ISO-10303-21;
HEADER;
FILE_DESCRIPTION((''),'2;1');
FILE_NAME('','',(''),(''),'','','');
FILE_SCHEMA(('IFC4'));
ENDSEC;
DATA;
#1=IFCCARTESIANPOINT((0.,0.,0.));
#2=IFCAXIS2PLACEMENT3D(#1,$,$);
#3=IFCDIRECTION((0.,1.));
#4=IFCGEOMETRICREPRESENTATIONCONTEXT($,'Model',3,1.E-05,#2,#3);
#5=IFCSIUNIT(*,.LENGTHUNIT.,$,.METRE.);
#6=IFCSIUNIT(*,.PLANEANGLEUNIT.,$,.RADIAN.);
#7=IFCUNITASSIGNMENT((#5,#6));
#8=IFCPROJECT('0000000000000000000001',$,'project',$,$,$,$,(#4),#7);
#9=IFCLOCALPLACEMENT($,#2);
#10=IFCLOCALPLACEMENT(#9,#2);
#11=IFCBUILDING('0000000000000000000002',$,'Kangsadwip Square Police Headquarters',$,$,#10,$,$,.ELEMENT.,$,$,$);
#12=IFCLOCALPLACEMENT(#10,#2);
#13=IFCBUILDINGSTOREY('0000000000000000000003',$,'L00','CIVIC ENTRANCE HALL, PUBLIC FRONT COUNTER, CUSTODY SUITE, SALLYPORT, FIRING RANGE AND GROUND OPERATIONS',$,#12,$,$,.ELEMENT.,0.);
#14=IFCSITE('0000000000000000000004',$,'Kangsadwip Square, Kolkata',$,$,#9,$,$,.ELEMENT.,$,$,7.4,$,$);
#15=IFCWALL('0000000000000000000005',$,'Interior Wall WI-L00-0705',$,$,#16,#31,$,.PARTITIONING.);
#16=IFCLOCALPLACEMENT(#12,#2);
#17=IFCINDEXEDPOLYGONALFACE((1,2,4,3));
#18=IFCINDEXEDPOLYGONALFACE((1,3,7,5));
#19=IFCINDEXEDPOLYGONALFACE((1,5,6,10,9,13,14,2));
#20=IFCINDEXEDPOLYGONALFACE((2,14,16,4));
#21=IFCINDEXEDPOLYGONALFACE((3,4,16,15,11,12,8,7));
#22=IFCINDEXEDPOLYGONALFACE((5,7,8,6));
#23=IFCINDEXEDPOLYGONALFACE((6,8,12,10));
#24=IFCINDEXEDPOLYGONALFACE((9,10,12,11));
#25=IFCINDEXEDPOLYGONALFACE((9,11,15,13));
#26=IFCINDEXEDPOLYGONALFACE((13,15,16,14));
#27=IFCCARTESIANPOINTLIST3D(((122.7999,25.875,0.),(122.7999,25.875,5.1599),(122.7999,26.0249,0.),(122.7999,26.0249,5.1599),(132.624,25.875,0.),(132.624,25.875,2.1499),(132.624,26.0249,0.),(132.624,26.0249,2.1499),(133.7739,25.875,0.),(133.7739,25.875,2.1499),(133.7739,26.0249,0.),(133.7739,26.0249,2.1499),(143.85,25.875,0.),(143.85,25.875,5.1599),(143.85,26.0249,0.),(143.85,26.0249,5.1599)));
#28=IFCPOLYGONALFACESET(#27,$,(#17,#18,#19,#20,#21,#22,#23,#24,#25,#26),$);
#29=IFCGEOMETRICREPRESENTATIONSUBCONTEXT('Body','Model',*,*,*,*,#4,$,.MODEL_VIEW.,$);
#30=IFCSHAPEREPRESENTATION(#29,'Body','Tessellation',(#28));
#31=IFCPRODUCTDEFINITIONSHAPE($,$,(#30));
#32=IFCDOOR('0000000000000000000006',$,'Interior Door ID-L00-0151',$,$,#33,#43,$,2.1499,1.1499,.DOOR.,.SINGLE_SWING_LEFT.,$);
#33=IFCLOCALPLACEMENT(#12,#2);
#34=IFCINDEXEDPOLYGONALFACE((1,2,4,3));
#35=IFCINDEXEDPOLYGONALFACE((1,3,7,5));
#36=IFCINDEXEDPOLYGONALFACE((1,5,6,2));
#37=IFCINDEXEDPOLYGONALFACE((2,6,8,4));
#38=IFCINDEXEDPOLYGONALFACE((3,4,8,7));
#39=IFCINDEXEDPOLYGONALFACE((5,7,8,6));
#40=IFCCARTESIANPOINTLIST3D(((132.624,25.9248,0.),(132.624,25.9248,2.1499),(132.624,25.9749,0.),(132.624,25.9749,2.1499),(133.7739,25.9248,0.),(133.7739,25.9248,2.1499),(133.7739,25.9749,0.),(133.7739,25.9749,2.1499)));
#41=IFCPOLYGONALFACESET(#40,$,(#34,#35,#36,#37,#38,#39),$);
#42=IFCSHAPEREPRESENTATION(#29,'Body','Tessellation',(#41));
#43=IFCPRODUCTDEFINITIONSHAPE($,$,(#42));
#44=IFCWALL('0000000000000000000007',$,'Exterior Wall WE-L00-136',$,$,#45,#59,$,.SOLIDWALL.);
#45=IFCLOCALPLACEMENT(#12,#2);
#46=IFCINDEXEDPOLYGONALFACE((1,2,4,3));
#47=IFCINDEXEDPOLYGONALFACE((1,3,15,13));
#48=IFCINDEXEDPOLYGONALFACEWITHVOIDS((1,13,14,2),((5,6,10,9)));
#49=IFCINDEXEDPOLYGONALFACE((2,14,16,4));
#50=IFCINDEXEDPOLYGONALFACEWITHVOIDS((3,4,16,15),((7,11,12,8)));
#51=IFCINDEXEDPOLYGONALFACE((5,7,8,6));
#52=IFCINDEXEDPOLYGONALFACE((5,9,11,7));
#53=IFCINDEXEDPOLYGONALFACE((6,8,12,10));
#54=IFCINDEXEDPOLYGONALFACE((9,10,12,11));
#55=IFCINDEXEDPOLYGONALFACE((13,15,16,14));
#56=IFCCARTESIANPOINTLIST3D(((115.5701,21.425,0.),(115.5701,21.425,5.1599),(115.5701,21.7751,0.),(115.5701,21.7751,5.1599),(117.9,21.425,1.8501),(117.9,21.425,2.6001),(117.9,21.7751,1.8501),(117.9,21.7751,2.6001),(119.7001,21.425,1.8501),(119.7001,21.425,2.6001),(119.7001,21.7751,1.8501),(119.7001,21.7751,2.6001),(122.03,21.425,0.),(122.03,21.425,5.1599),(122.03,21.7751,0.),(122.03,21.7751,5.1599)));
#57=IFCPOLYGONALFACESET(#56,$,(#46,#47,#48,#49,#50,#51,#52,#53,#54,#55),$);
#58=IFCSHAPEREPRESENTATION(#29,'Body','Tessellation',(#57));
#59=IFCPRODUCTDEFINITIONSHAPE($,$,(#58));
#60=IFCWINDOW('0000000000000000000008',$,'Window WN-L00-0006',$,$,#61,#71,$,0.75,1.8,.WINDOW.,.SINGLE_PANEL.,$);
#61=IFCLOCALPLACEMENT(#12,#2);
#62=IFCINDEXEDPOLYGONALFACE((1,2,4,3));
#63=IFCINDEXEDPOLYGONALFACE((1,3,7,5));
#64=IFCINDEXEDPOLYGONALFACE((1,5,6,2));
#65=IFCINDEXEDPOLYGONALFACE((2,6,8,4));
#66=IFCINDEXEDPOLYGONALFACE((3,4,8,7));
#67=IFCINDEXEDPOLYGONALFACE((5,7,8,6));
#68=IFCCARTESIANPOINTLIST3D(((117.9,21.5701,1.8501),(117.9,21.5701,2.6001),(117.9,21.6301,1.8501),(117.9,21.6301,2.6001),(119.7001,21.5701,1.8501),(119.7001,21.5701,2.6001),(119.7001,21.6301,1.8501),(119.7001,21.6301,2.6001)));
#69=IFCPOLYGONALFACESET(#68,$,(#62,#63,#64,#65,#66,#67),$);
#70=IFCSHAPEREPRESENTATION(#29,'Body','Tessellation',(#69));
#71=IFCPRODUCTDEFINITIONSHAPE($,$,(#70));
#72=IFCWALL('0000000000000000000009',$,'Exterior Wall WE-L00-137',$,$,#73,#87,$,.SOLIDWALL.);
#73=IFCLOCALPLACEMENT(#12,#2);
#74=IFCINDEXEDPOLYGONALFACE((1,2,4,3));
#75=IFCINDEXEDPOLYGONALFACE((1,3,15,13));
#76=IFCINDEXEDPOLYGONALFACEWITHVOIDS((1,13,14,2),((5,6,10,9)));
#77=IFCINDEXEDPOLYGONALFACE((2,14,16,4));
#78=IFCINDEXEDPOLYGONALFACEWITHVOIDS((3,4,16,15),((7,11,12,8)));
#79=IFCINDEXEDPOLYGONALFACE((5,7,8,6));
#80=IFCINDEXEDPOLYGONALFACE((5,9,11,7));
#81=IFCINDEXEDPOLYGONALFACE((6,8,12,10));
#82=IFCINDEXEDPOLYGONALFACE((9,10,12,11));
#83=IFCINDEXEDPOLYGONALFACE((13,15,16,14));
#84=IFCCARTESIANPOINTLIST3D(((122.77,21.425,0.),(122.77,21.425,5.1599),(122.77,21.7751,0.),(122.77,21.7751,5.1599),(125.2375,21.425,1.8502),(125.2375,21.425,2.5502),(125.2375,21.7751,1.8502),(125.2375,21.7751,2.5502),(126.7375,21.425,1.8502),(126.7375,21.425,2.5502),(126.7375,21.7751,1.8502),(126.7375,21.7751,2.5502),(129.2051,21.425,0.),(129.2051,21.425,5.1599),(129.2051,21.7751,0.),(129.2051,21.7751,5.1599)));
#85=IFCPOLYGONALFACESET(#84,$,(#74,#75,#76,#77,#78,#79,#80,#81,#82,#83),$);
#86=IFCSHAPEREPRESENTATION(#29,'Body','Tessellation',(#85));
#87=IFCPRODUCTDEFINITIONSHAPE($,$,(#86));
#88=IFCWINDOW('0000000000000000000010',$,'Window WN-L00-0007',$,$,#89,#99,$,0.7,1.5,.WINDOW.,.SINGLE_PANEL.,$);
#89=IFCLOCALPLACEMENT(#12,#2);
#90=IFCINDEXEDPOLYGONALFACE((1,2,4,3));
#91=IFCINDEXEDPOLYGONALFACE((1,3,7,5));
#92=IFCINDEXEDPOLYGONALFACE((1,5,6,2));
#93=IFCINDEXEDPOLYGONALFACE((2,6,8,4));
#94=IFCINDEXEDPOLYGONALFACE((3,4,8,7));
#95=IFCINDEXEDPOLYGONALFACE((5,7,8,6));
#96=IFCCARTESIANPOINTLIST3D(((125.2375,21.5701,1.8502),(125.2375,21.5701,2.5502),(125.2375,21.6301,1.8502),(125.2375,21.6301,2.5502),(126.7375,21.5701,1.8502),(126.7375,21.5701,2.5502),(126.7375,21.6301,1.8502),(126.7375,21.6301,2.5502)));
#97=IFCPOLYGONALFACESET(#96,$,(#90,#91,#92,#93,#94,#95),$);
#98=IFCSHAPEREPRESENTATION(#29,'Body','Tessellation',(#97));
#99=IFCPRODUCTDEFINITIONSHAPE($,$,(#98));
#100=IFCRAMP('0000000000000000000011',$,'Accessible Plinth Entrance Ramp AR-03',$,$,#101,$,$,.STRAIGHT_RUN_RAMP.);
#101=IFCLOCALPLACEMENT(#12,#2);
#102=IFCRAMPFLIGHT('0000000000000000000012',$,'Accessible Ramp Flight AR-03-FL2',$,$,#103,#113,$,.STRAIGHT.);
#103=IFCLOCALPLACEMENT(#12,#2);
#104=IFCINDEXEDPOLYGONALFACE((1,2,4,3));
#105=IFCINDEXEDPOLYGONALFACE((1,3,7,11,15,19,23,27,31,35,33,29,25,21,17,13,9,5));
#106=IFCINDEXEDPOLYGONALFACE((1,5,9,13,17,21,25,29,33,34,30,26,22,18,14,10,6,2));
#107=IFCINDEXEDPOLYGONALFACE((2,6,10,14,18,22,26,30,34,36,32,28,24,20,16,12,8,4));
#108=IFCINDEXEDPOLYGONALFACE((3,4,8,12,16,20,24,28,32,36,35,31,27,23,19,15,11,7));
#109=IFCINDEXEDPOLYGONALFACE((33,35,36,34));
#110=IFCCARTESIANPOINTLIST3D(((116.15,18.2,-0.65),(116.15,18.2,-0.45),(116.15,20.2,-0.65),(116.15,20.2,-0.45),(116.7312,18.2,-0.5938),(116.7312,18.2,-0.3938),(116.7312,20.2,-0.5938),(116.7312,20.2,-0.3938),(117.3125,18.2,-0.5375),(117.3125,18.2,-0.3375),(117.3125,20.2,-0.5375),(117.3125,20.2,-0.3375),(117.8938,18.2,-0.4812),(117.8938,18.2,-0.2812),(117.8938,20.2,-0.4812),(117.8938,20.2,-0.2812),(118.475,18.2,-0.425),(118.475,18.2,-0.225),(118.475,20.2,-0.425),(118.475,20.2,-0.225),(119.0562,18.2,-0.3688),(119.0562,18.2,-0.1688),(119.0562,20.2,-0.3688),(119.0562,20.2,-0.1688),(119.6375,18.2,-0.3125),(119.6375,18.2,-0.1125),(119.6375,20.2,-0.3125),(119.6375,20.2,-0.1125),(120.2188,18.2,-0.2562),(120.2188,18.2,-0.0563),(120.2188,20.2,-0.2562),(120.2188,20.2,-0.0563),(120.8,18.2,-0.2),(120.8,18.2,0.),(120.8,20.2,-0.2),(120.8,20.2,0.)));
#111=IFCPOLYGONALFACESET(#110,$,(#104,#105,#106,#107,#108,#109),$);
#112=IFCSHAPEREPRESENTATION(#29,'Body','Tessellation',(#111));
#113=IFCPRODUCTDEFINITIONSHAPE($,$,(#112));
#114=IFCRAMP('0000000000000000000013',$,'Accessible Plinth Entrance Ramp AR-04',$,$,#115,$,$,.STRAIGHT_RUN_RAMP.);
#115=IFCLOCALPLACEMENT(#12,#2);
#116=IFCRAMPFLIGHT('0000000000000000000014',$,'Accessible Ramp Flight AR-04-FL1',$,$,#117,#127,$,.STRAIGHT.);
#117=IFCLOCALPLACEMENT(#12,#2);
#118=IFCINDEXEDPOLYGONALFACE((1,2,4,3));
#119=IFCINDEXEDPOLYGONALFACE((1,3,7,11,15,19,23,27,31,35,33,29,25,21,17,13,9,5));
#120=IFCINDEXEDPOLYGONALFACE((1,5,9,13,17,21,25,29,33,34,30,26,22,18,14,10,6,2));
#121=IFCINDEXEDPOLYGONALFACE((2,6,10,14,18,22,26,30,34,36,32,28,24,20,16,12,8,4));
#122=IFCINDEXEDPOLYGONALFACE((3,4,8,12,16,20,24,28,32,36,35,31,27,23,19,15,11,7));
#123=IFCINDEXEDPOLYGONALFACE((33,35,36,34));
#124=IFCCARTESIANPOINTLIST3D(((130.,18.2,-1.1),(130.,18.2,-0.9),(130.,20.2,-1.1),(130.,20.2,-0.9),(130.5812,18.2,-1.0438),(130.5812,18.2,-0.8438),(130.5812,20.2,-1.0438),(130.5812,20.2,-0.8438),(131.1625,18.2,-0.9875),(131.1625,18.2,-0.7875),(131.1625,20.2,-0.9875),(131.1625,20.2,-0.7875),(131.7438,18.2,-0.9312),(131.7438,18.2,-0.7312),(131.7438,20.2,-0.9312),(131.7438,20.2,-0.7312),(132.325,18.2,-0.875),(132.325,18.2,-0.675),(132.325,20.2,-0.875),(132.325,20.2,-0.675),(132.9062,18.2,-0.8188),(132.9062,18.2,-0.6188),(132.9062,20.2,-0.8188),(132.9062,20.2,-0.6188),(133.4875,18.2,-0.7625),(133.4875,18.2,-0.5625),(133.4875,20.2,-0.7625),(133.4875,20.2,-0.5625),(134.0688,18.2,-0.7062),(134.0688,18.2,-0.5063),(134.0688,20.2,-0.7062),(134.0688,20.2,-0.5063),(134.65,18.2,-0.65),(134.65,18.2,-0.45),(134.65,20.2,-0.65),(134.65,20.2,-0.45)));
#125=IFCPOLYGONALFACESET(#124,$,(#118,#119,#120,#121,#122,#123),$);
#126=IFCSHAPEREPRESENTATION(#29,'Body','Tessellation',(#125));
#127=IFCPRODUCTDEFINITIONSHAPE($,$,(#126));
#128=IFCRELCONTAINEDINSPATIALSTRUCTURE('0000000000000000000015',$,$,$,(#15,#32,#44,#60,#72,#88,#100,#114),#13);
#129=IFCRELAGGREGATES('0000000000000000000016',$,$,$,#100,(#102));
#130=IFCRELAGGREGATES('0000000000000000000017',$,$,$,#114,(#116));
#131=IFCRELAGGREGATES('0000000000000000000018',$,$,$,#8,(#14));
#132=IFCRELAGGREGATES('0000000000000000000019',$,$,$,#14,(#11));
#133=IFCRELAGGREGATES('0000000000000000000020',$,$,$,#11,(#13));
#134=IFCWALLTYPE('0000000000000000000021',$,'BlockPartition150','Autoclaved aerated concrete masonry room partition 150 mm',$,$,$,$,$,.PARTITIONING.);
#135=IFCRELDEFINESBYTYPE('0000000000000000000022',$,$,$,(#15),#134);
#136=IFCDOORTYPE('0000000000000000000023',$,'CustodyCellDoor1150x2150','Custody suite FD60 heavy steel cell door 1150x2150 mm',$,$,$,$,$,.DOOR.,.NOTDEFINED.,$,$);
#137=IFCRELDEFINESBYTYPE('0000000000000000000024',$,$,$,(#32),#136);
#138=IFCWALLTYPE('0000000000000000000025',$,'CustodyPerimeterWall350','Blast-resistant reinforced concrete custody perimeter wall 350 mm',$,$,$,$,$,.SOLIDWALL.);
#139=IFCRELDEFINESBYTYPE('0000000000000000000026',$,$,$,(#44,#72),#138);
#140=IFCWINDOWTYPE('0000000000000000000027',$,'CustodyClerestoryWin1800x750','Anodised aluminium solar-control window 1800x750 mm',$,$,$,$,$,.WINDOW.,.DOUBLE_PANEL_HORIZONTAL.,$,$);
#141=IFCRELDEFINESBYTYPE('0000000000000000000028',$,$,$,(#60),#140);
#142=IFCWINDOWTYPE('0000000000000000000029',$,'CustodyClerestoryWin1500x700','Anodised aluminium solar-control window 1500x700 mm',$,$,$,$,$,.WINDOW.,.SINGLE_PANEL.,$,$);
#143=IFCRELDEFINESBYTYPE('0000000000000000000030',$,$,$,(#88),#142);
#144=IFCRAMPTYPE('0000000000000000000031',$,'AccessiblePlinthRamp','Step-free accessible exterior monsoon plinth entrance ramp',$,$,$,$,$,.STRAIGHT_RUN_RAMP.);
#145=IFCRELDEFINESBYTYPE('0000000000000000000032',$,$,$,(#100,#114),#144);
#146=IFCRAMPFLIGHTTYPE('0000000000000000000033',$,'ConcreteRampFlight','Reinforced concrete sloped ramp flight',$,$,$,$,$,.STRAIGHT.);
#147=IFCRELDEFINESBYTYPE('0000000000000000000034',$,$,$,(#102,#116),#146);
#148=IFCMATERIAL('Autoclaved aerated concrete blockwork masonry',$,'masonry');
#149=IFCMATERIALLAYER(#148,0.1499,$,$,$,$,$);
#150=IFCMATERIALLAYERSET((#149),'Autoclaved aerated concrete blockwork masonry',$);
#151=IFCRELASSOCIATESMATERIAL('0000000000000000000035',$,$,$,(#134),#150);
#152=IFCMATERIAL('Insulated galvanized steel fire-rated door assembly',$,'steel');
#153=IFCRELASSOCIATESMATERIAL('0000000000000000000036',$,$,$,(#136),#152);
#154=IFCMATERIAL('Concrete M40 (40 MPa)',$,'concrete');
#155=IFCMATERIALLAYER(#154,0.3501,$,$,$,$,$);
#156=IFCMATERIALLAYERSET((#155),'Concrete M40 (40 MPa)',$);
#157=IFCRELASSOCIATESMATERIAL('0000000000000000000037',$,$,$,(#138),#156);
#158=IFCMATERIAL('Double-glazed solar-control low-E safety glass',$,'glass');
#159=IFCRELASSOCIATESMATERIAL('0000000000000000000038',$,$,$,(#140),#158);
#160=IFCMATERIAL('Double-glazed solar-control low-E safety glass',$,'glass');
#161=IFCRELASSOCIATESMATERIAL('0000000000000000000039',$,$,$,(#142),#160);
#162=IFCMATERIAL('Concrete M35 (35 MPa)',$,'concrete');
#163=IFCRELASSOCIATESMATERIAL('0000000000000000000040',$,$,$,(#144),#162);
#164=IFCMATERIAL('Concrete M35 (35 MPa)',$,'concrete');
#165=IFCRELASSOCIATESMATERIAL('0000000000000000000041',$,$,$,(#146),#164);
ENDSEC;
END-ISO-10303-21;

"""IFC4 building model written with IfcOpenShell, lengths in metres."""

from ifc_helpers import new_model, si_unit, direction, frame, frame_2d, origin, place, context, subcontext, project, spatial, polyline, rectangle, outline, extrude, material, layer, layer_set, type_object, element, fill, aggregate, save


model = new_model("IFC4")

# Units and contexts
model_context = context("Model", 3, precision=1e-05, world=origin(), true_north=direction((0.0, 1.0)))
body_context = subcontext(model_context, "Body", "Model", "MODEL_VIEW")
ifc_project = project(units=[si_unit("LENGTHUNIT", "METRE"), si_unit("PLANEANGLEUNIT", "RADIAN")], contexts=[model_context])

# Site, building, storey
site_placement = place(None, origin())
site = spatial("IfcSite", under=ifc_project, at=site_placement, Name="Kangsadwip Square, Kolkata", CompositionType="ELEMENT", RefElevation=7.4)
building_placement = place(site_placement, origin())
building = spatial("IfcBuilding", under=site, at=building_placement, Name="Kangsadwip Square Police Headquarters", CompositionType="ELEMENT")
storey_placement = place(building_placement, origin())
storey = spatial("IfcBuildingStorey", under=building, at=storey_placement, Name="L00", Description="CIVIC ENTRANCE HALL, PUBLIC FRONT COUNTER, CUSTODY SUITE, SALLYPORT, FIRING RANGE AND GROUND OPERATIONS", CompositionType="ELEMENT", Elevation=0.0)

# Shared definitions
ifc_material_1 = material(Name="Autoclaved aerated concrete blockwork masonry", Category="masonry")
ifc_layer_1 = layer(ifc_material_1, 0.1499)
ifc_layer_set_1 = layer_set([ifc_layer_1], Name="Autoclaved aerated concrete blockwork masonry")
wall_type_1 = type_object("IfcWallType", Name="BlockPartition150", Description="Autoclaved aerated concrete masonry room partition 150 mm", PredefinedType="PARTITIONING", material=ifc_layer_set_1)

# Wall, opening, door
wall_1_placement = place(storey_placement, frame((122.8, 25.95, 0.0), z_axis=(0.0, 0.0, 1.0), x_axis=(1.0, 0.0, 0.0)))
wall_1 = element("IfcWall", 1, at=wall_1_placement, inside=storey, type_object=wall_type_1, Name="Interior Wall WI-L00-0705", PredefinedType="PARTITIONING", context=body_context, shape_type="SweptSolid", body=[
    extrude(rectangle(XDim=21.05, YDim=0.1499, at=frame_2d((10.5249, 0.0))), origin(), (0.0, 0.0, 1.0), 5.1599),
])
opening_1_placement = place(wall_1_placement, frame((9.824, 0.0, 0.0)))
opening_1 = element("IfcOpeningElement", 2, at=opening_1_placement, cuts=wall_1, PredefinedType="OPENING", context=body_context, shape_type="SweptSolid", body=[
    extrude(rectangle(XDim=1.1499, YDim=2.1499, at=frame_2d((0.575, 1.075))), frame((0.0, 0.085, 0.0), z_axis=(0.0, -1.0, 0.0), x_axis=(1.0, 0.0, 0.0)), (0.0, 0.0, 1.0), 0.1699),
])
ifc_material_2 = material(Name="Insulated galvanized steel fire-rated door assembly", Category="steel")
door_type = type_object("IfcDoorType", Name="CustodyCellDoor1150x2150", Description="Custody suite FD60 heavy steel cell door 1150x2150 mm", OperationType="NOTDEFINED", PredefinedType="DOOR", material=ifc_material_2)
door_placement = place(opening_1_placement, origin())
door = element("IfcDoor", 3, at=door_placement, inside=storey, type_object=door_type, Name="Interior Door ID-L00-0151", OperationType="SINGLE_SWING_LEFT", OverallHeight=2.1499, OverallWidth=1.1499, PredefinedType="DOOR", context=body_context, shape_type="SweptSolid", body=[
    extrude(rectangle(XDim=1.1499, YDim=2.1499, at=frame_2d((0.575, 1.075))), frame((0.0, 0.0249, 0.0), z_axis=(0.0, -1.0, 0.0), x_axis=(1.0, 0.0, 0.0)), (0.0, 0.0, 1.0), 0.05),
])
fill(opening_1, door)

# Walls, openings, windows
ifc_material_3 = material(Name="Concrete M40 (40 MPa)", Category="concrete")
ifc_layer_2 = layer(ifc_material_3, 0.3501)
ifc_layer_set_2 = layer_set([ifc_layer_2], Name="Concrete M40 (40 MPa)")
wall_type_2 = type_object("IfcWallType", Name="CustodyPerimeterWall350", Description="Blast-resistant reinforced concrete custody perimeter wall 350 mm", PredefinedType="SOLIDWALL", material=ifc_layer_set_2)
wall_2_placement = place(storey_placement, frame((115.5701, 21.6001, 0.0), z_axis=(0.0, 0.0, 1.0), x_axis=(1.0, 0.0, 0.0)))
wall_2 = element("IfcWall", 4, at=wall_2_placement, inside=storey, type_object=wall_type_2, Name="Exterior Wall WE-L00-136", PredefinedType="SOLIDWALL", context=body_context, shape_type="SweptSolid", body=[
    extrude(rectangle(XDim=6.46, YDim=0.3501, at=frame_2d((3.23, 0.0))), origin(), (0.0, 0.0, 1.0), 5.1599),
])
opening_2_placement = place(wall_2_placement, frame((2.3301, 0.0, 1.8501)))
opening_2 = element("IfcOpeningElement", 5, at=opening_2_placement, cuts=wall_2, PredefinedType="OPENING", context=body_context, shape_type="SweptSolid", body=[
    extrude(rectangle(XDim=1.8, YDim=0.75, at=frame_2d((0.8999, 0.375))), frame((0.0, 0.1851, 0.0), z_axis=(0.0, -1.0, 0.0), x_axis=(1.0, 0.0, 0.0)), (0.0, 0.0, 1.0), 0.3701),
])
ifc_material_4 = material(Name="Double-glazed solar-control low-E safety glass", Category="glass")
window_type_1 = type_object("IfcWindowType", Name="CustodyClerestoryWin1800x750", Description="Anodised aluminium solar-control window 1800x750 mm", PartitioningType="DOUBLE_PANEL_HORIZONTAL", PredefinedType="WINDOW", material=ifc_material_4)
window_1_placement = place(opening_2_placement, origin())
window_1 = element("IfcWindow", 6, at=window_1_placement, inside=storey, type_object=window_type_1, Name="Window WN-L00-0006", OverallHeight=0.75, OverallWidth=1.8, PartitioningType="SINGLE_PANEL", PredefinedType="WINDOW", context=body_context, shape_type="SweptSolid", body=[
    extrude(rectangle(XDim=1.8, YDim=0.75, at=frame_2d((0.8999, 0.375))), frame((0.0, 0.03, 0.0), z_axis=(0.0, -1.0, 0.0), x_axis=(1.0, 0.0, 0.0)), (0.0, 0.0, 1.0), 0.0601),
])
fill(opening_2, window_1)
wall_3_placement = place(storey_placement, frame((122.77, 21.6001, 0.0), z_axis=(0.0, 0.0, 1.0), x_axis=(1.0, 0.0, 0.0)))
wall_3 = element("IfcWall", 7, at=wall_3_placement, inside=storey, type_object=wall_type_2, Name="Exterior Wall WE-L00-137", PredefinedType="SOLIDWALL", context=body_context, shape_type="SweptSolid", body=[
    extrude(rectangle(XDim=6.4351, YDim=0.3501, at=frame_2d((3.2175, 0.0))), origin(), (0.0, 0.0, 1.0), 5.1599),
])
opening_3_placement = place(wall_3_placement, frame((2.4675, 0.0, 1.8501)))
opening_3 = element("IfcOpeningElement", 8, at=opening_3_placement, cuts=wall_3, PredefinedType="OPENING", context=body_context, shape_type="SweptSolid", body=[
    extrude(rectangle(XDim=1.5, YDim=0.7, at=frame_2d((0.75, 0.3501))), frame((0.0, 0.1851, 0.0), z_axis=(0.0, -1.0, 0.0), x_axis=(1.0, 0.0, 0.0)), (0.0, 0.0, 1.0), 0.3701),
])
ifc_material_5 = material(Name="Double-glazed solar-control low-E safety glass", Category="glass")
window_type_2 = type_object("IfcWindowType", Name="CustodyClerestoryWin1500x700", Description="Anodised aluminium solar-control window 1500x700 mm", PartitioningType="SINGLE_PANEL", PredefinedType="WINDOW", material=ifc_material_5)
window_2_placement = place(opening_3_placement, origin())
window_2 = element("IfcWindow", 9, at=window_2_placement, inside=storey, type_object=window_type_2, Name="Window WN-L00-0007", OverallHeight=0.7, OverallWidth=1.5, PartitioningType="SINGLE_PANEL", PredefinedType="WINDOW", context=body_context, shape_type="SweptSolid", body=[
    extrude(rectangle(XDim=1.5, YDim=0.7, at=frame_2d((0.75, 0.3501))), frame((0.0, 0.03, 0.0), z_axis=(0.0, -1.0, 0.0), x_axis=(1.0, 0.0, 0.0)), (0.0, 0.0, 1.0), 0.0601),
])
fill(opening_3, window_2)

# Ramps, ramp flights
ifc_material_6 = material(Name="Concrete M35 (35 MPa)", Category="concrete")
ramp_type = type_object("IfcRampType", Name="AccessiblePlinthRamp", Description="Step-free accessible exterior monsoon plinth entrance ramp", PredefinedType="STRAIGHT_RUN_RAMP", material=ifc_material_6)
ramp_1_placement = place(storey_placement, origin())
ramp_1 = element("IfcRamp", 10, at=ramp_1_placement, inside=storey, type_object=ramp_type, Name="Accessible Plinth Entrance Ramp AR-03", PredefinedType="STRAIGHT_RUN_RAMP")
ifc_material_7 = material(Name="Concrete M35 (35 MPa)", Category="concrete")
ramp_flight_type = type_object("IfcRampFlightType", Name="ConcreteRampFlight", Description="Reinforced concrete sloped ramp flight", PredefinedType="STRAIGHT", material=ifc_material_7)
ramp_flight_1_placement = place(storey_placement, frame((116.15, 20.2, -0.45), z_axis=(0.0, -1.0, 0.0), x_axis=(1.0, 0.0, 0.0)))
ramp_flight_1 = element("IfcRampFlight", 11, at=ramp_flight_1_placement, type_object=ramp_flight_type, Name="Accessible Ramp Flight AR-03-FL2", PredefinedType="STRAIGHT", context=body_context, shape_type="SweptSolid", body=[
    extrude(outline(polyline([(0.0, 0.0), (0.5813, 0.0563), (1.1625, 0.1125), (1.7437, 0.1688), (2.325, 0.225), (2.9062, 0.2812), (3.4875, 0.3375), (4.0687, 0.3937), (4.65, 0.45), (4.65, 0.25), (4.0687, 0.1938), (3.4875, 0.1375), (2.9062, 0.0813), (2.325, 0.025), (1.7437, -0.0312), (1.1625, -0.0875), (0.5813, -0.1437), (0.0, -0.2), (0.0, 0.0)])), origin(), (0.0, 0.0, 1.0), 2.0),
])
aggregate(ramp_1, [ramp_flight_1])
ramp_2_placement = place(storey_placement, origin())
ramp_2 = element("IfcRamp", 12, at=ramp_2_placement, inside=storey, type_object=ramp_type, Name="Accessible Plinth Entrance Ramp AR-04", PredefinedType="STRAIGHT_RUN_RAMP")
ramp_flight_2_placement = place(storey_placement, frame((130.0, 20.2, -0.9), z_axis=(0.0, -1.0, 0.0), x_axis=(1.0, 0.0, 0.0)))
ramp_flight_2 = element("IfcRampFlight", 13, at=ramp_flight_2_placement, type_object=ramp_flight_type, Name="Accessible Ramp Flight AR-04-FL1", PredefinedType="STRAIGHT", context=body_context, shape_type="SweptSolid", body=[
    extrude(outline(polyline([(0.0, 0.0), (0.5813, 0.0563), (1.1625, 0.1125), (1.7437, 0.1688), (2.325, 0.225), (2.9062, 0.2812), (3.4875, 0.3375), (4.0687, 0.3937), (4.65, 0.45), (4.65, 0.25), (4.0687, 0.1938), (3.4875, 0.1375), (2.9062, 0.0813), (2.325, 0.025), (1.7437, -0.0312), (1.1625, -0.0875), (0.5813, -0.1437), (0.0, -0.2), (0.0, 0.0)])), origin(), (0.0, 0.0, 1.0), 2.0),
])
aggregate(ramp_2, [ramp_flight_2])

save(model, "model.ifc")
